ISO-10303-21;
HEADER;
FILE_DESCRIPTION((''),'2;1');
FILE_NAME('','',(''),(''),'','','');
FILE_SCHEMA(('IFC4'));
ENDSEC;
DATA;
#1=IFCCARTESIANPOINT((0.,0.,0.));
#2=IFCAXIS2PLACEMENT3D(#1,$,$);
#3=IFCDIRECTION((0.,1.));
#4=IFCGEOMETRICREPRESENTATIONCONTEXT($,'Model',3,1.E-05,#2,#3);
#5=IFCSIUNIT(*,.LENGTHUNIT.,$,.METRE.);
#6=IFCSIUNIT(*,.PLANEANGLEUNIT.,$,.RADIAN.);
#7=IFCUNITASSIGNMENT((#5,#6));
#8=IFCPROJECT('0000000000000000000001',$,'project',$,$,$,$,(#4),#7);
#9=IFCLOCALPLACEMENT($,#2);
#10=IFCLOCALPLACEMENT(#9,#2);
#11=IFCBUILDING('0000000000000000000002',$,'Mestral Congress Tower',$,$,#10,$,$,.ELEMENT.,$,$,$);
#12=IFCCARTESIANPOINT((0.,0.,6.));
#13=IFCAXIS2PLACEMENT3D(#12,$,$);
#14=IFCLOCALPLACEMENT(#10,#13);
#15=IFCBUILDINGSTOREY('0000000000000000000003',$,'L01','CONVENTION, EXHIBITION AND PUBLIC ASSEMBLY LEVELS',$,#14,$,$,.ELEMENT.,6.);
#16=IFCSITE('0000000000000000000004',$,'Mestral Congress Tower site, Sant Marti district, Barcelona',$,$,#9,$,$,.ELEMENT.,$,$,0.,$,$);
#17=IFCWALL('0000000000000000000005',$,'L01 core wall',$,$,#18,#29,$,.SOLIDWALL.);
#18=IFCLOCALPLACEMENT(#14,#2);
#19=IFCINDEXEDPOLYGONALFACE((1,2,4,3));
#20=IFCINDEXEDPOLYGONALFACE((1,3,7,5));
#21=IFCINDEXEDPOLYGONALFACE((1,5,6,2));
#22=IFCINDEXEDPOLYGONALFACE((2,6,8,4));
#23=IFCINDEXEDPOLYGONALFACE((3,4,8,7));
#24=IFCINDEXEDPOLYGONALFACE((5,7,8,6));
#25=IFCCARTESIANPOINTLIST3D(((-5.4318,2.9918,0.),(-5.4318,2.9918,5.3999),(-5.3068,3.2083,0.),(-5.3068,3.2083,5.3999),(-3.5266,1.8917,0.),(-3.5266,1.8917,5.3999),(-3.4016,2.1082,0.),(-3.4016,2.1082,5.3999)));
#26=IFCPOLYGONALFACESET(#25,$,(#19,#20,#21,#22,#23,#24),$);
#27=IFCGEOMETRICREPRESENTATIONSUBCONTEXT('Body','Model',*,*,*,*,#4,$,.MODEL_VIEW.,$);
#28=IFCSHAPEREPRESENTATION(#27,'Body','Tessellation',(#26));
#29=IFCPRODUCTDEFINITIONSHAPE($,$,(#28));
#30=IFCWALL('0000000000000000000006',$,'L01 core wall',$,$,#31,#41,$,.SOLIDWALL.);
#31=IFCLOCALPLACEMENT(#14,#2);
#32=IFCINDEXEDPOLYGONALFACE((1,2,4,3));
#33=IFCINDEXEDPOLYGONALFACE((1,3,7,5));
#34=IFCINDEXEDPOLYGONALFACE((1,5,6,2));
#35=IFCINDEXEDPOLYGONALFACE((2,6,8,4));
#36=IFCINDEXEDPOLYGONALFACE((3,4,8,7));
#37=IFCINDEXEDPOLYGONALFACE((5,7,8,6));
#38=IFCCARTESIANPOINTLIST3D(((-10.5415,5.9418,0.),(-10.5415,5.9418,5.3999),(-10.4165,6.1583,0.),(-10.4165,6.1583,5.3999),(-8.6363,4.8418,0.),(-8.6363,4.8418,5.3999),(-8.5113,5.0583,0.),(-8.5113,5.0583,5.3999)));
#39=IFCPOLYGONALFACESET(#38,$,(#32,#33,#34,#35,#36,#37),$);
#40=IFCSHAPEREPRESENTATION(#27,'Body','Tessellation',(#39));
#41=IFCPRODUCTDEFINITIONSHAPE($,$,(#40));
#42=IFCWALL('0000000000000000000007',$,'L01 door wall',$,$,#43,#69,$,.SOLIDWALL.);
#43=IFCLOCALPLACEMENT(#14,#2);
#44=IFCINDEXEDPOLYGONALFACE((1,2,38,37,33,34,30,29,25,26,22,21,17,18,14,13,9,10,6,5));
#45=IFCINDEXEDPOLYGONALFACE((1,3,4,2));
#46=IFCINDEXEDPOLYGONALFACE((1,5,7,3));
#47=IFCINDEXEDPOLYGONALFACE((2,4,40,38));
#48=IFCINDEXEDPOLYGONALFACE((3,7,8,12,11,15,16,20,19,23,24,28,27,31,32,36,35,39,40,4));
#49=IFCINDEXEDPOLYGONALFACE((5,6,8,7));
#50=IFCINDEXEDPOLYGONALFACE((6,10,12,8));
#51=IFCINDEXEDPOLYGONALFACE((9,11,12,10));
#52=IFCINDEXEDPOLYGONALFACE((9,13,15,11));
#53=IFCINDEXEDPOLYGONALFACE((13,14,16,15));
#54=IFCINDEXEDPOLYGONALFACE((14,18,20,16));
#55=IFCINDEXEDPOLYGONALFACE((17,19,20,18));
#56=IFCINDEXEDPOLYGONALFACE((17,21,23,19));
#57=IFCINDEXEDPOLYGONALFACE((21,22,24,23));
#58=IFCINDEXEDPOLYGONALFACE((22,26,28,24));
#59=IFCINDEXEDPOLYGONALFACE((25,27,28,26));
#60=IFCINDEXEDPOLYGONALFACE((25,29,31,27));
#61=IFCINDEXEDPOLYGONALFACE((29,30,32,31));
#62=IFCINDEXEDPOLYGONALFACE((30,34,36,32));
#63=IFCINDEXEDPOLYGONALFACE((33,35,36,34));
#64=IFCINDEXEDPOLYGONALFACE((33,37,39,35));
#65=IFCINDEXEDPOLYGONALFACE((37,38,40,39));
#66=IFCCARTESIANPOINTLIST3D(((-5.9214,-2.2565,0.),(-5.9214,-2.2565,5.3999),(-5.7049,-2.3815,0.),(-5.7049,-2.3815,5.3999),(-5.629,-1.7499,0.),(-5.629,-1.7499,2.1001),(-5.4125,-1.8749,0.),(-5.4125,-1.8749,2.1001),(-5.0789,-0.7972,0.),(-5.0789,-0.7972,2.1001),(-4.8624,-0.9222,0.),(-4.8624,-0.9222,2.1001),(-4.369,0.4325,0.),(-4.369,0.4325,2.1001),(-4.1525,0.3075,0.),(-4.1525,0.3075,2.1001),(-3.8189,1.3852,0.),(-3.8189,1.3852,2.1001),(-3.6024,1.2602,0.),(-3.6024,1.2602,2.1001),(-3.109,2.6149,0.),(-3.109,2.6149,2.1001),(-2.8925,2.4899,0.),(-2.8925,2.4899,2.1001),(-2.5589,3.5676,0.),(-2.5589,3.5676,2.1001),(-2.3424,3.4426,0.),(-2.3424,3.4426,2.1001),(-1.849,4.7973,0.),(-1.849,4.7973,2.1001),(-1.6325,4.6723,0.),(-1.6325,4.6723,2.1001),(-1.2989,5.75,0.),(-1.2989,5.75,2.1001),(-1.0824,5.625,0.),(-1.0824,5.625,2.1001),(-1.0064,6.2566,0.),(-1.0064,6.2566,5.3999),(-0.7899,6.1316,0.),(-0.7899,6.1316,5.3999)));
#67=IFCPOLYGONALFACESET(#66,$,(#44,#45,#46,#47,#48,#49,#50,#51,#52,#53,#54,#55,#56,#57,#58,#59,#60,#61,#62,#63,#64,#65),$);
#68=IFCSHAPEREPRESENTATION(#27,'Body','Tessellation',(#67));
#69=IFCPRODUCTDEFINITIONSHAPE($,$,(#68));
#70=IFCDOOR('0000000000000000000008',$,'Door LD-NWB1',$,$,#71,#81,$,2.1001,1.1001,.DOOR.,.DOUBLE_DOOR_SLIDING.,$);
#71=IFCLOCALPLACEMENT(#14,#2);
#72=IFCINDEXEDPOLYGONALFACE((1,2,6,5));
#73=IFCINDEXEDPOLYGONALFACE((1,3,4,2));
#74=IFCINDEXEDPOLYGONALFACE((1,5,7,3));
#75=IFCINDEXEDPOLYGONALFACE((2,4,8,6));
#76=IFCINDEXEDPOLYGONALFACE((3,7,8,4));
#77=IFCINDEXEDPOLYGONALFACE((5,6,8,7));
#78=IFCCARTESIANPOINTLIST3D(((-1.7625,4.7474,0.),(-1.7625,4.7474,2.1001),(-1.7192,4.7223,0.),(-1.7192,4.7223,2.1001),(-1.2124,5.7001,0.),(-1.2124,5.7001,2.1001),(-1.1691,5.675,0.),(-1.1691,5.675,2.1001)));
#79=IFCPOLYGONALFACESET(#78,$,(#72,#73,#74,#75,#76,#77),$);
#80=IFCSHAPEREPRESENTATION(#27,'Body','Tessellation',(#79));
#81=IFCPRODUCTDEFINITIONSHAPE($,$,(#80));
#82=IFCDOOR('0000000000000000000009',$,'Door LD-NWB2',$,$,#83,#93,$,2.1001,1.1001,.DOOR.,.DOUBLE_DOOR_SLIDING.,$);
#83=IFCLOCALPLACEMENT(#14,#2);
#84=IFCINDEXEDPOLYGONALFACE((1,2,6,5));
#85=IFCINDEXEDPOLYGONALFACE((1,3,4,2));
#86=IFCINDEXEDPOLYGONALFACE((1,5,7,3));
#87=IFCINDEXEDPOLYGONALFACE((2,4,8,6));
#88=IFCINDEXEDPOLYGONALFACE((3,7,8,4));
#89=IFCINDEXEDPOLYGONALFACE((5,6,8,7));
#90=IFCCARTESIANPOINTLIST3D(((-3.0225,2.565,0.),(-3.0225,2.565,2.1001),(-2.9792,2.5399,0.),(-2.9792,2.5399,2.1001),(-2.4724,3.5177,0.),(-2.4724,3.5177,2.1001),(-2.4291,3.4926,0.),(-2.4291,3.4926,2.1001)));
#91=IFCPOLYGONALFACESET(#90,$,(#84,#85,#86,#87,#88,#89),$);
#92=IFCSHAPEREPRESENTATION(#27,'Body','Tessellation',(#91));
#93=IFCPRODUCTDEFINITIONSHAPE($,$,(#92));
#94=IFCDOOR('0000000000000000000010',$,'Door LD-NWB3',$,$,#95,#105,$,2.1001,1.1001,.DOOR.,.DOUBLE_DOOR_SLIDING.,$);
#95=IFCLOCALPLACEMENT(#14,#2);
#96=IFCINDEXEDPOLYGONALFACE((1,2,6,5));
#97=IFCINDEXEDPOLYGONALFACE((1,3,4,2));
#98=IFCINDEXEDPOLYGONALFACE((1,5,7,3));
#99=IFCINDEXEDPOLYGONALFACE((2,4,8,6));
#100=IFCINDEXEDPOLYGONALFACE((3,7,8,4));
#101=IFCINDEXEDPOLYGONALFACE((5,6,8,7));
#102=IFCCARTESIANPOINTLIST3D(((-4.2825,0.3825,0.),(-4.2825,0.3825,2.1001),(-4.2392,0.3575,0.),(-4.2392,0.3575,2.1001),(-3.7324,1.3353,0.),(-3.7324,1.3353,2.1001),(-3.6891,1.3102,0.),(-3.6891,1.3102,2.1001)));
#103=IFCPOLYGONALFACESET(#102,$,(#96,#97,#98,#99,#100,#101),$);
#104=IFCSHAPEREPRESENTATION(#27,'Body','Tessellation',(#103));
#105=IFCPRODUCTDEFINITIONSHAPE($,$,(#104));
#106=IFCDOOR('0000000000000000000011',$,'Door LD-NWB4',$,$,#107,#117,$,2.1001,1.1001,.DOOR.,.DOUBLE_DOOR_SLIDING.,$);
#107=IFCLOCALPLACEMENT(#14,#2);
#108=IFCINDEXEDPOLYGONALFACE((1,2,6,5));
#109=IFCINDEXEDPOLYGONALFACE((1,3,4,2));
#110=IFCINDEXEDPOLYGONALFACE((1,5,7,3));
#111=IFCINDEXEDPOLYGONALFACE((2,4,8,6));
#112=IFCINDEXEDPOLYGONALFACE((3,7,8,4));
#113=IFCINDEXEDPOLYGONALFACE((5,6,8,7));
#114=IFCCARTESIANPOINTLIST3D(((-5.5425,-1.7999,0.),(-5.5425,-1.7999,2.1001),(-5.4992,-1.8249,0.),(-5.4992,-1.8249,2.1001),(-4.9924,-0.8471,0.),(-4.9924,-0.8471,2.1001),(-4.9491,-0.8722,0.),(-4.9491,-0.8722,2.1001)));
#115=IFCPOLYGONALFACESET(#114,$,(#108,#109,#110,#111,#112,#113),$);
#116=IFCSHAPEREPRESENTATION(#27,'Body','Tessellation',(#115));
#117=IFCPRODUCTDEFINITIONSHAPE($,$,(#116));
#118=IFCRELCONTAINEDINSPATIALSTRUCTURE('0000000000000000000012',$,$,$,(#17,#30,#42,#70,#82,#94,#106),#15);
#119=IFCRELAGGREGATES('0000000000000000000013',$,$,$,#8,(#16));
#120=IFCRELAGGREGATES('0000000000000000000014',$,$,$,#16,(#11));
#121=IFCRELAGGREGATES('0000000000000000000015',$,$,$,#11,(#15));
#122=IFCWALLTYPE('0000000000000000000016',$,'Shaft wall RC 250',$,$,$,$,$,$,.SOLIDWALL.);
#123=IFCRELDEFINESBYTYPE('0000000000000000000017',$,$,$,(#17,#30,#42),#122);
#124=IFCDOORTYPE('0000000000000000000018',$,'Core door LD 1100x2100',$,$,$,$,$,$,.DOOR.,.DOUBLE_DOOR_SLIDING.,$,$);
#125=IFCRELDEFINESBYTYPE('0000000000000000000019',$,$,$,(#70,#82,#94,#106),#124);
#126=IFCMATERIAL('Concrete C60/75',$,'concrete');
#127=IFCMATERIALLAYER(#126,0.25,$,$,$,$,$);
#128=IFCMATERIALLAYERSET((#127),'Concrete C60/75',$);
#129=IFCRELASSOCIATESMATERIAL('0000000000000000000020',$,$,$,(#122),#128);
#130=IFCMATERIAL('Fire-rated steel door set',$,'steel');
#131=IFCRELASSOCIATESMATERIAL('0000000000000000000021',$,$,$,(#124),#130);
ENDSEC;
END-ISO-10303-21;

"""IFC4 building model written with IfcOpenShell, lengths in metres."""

from ifc_helpers import new_model, si_unit, direction, frame, frame_2d, origin, place, context, subcontext, project, spatial, rectangle, extrude, material, layer, layer_set, type_object, element, fill, save


model = new_model("IFC4")

# Units and contexts
model_context = context("Model", 3, precision=1e-05, world=origin(), true_north=direction((0.0, 1.0)))
body_context = subcontext(model_context, "Body", "Model", "MODEL_VIEW")
ifc_project = project(units=[si_unit("LENGTHUNIT", "METRE"), si_unit("PLANEANGLEUNIT", "RADIAN")], contexts=[model_context])

# Site, building, storey
site_placement = place(None, origin())
site = spatial("IfcSite", under=ifc_project, at=site_placement, Name="Mestral Congress Tower site, Sant Marti district, Barcelona", CompositionType="ELEMENT", RefElevation=0.0)
building_placement = place(site_placement, origin())
building = spatial("IfcBuilding", under=site, at=building_placement, Name="Mestral Congress Tower", CompositionType="ELEMENT")
storey_placement = place(building_placement, frame((0.0, 0.0, 6.0)))
storey = spatial("IfcBuildingStorey", under=building, at=storey_placement, Name="L01", Description="CONVENTION, EXHIBITION AND PUBLIC ASSEMBLY LEVELS", CompositionType="ELEMENT", Elevation=6.0)

# Shared definitions
ifc_material_1 = material(Name="Concrete C60/75", Category="concrete")

# Walls
ifc_layer_1 = layer(ifc_material_1, 0.25)
ifc_layer_set_1 = layer_set([ifc_layer_1], Name="Concrete C60/75")
wall_type_1 = type_object("IfcWallType", Name="Shaft wall RC 250", PredefinedType="SOLIDWALL", material=ifc_layer_set_1)
for number, where, z_axis, x_axis, name in (
    (1, (-5.3694, 3.1001, 0.0), (0.0, 0.0, 1.0), (0.866008, -0.50003, 0.0), "L01 core wall"),
    (2, (-8.5737, 4.95, 0.0), (0.0, 0.0, 1.0), (-0.866008, 0.50003, 0.0), "L01 core wall"),
):
    element("IfcWall", number, at=place(storey_placement, frame(where, z_axis=z_axis, x_axis=x_axis)), inside=storey, type_object=wall_type_1, Name=name, PredefinedType="SOLIDWALL", context=body_context, shape_type="SweptSolid", body=[
        extrude(rectangle(XDim=2.2, YDim=0.25, at=frame_2d((1.1001, 0.0))), origin(), (0.0, 0.0, 1.0), 5.3999),
    ])

# Wall, openings, doors
wall_1_placement = place(storey_placement, frame((-0.8982, 6.1941, 0.0), z_axis=(0.0, 0.0, 1.0), x_axis=(-0.499996, -0.866028, 0.0)))
wall_1 = element("IfcWall", 3, at=wall_1_placement, inside=storey, type_object=wall_type_1, Name="L01 door wall", PredefinedType="SOLIDWALL", context=body_context, shape_type="SweptSolid", body=[
    extrude(rectangle(XDim=9.8301, YDim=0.25, at=frame_2d((4.915, 0.0))), origin(), (0.0, 0.0, 1.0), 5.3999),
])
opening_1_placement = place(wall_1_placement, frame((0.585, 0.0, 0.0)))
opening_1 = element("IfcOpeningElement", 4, at=opening_1_placement, cuts=wall_1, PredefinedType="OPENING", context=body_context, shape_type="SweptSolid", body=[
    extrude(rectangle(XDim=1.1001, YDim=2.1001, at=frame_2d((0.55, 1.05))), frame((0.0, 0.135, 0.0), z_axis=(0.0, -1.0, 0.0), x_axis=(1.0, 0.0, 0.0)), (0.0, 0.0, 1.0), 0.27),
])
opening_2_placement = place(wall_1_placement, frame((3.105, 0.0, 0.0)))
opening_2 = element("IfcOpeningElement", 5, at=opening_2_placement, cuts=wall_1, PredefinedType="OPENING", context=body_context, shape_type="SweptSolid", body=[
    extrude(rectangle(XDim=1.1001, YDim=2.1001, at=frame_2d((0.55, 1.05))), frame((0.0, 0.135, 0.0), z_axis=(0.0, -1.0, 0.0), x_axis=(1.0, 0.0, 0.0)), (0.0, 0.0, 1.0), 0.27),
])
opening_3_placement = place(wall_1_placement, frame((5.625, 0.0, 0.0)))
opening_3 = element("IfcOpeningElement", 6, at=opening_3_placement, cuts=wall_1, PredefinedType="OPENING", context=body_context, shape_type="SweptSolid", body=[
    extrude(rectangle(XDim=1.1001, YDim=2.1001, at=frame_2d((0.55, 1.05))), frame((0.0, 0.135, 0.0), z_axis=(0.0, -1.0, 0.0), x_axis=(1.0, 0.0, 0.0)), (0.0, 0.0, 1.0), 0.27),
])
opening_4_placement = place(wall_1_placement, frame((8.145, 0.0, 0.0)))
opening_4 = element("IfcOpeningElement", 7, at=opening_4_placement, cuts=wall_1, PredefinedType="OPENING", context=body_context, shape_type="SweptSolid", body=[
    extrude(rectangle(XDim=1.1001, YDim=2.1001, at=frame_2d((0.55, 1.05))), frame((0.0, 0.135, 0.0), z_axis=(0.0, -1.0, 0.0), x_axis=(1.0, 0.0, 0.0)), (0.0, 0.0, 1.0), 0.27),
])
ifc_material_2 = material(Name="Fire-rated steel door set", Category="steel")
door_type = type_object("IfcDoorType", Name="Core door LD 1100x2100", OperationType="DOUBLE_DOOR_SLIDING", PredefinedType="DOOR", material=ifc_material_2)
door_1_placement = place(opening_1_placement, origin())
door_1 = element("IfcDoor", 8, at=door_1_placement, inside=storey, type_object=door_type, Name="Door LD-NWB1", OperationType="DOUBLE_DOOR_SLIDING", OverallHeight=2.1001, OverallWidth=1.1001, PredefinedType="DOOR", context=body_context, shape_type="SweptSolid", body=[
    extrude(rectangle(XDim=1.1001, YDim=2.1001, at=frame_2d((0.55, 1.05))), frame((0.0, 0.0249, 0.0), z_axis=(0.0, -1.0, 0.0), x_axis=(1.0, 0.0, 0.0)), (0.0, 0.0, 1.0), 0.05),
])
fill(opening_1, door_1)
door_2_placement = place(opening_2_placement, origin())
door_2 = element("IfcDoor", 9, at=door_2_placement, inside=storey, type_object=door_type, Name="Door LD-NWB2", OperationType="DOUBLE_DOOR_SLIDING", OverallHeight=2.1001, OverallWidth=1.1001, PredefinedType="DOOR", context=body_context, shape_type="SweptSolid", body=[
    extrude(rectangle(XDim=1.1001, YDim=2.1001, at=frame_2d((0.55, 1.05))), frame((0.0, 0.0249, 0.0), z_axis=(0.0, -1.0, 0.0), x_axis=(1.0, 0.0, 0.0)), (0.0, 0.0, 1.0), 0.05),
])
fill(opening_2, door_2)
door_3_placement = place(opening_3_placement, origin())
door_3 = element("IfcDoor", 10, at=door_3_placement, inside=storey, type_object=door_type, Name="Door LD-NWB3", OperationType="DOUBLE_DOOR_SLIDING", OverallHeight=2.1001, OverallWidth=1.1001, PredefinedType="DOOR", context=body_context, shape_type="SweptSolid", body=[
    extrude(rectangle(XDim=1.1001, YDim=2.1001, at=frame_2d((0.55, 1.05))), frame((0.0, 0.0249, 0.0), z_axis=(0.0, -1.0, 0.0), x_axis=(1.0, 0.0, 0.0)), (0.0, 0.0, 1.0), 0.05),
])
fill(opening_3, door_3)
door_4_placement = place(opening_4_placement, origin())
door_4 = element("IfcDoor", 11, at=door_4_placement, inside=storey, type_object=door_type, Name="Door LD-NWB4", OperationType="DOUBLE_DOOR_SLIDING", OverallHeight=2.1001, OverallWidth=1.1001, PredefinedType="DOOR", context=body_context, shape_type="SweptSolid", body=[
    extrude(rectangle(XDim=1.1001, YDim=2.1001, at=frame_2d((0.55, 1.05))), frame((0.0, 0.0249, 0.0), z_axis=(0.0, -1.0, 0.0), x_axis=(1.0, 0.0, 0.0)), (0.0, 0.0, 1.0), 0.05),
])
fill(opening_4, door_4)

save(model, "model.ifc")
